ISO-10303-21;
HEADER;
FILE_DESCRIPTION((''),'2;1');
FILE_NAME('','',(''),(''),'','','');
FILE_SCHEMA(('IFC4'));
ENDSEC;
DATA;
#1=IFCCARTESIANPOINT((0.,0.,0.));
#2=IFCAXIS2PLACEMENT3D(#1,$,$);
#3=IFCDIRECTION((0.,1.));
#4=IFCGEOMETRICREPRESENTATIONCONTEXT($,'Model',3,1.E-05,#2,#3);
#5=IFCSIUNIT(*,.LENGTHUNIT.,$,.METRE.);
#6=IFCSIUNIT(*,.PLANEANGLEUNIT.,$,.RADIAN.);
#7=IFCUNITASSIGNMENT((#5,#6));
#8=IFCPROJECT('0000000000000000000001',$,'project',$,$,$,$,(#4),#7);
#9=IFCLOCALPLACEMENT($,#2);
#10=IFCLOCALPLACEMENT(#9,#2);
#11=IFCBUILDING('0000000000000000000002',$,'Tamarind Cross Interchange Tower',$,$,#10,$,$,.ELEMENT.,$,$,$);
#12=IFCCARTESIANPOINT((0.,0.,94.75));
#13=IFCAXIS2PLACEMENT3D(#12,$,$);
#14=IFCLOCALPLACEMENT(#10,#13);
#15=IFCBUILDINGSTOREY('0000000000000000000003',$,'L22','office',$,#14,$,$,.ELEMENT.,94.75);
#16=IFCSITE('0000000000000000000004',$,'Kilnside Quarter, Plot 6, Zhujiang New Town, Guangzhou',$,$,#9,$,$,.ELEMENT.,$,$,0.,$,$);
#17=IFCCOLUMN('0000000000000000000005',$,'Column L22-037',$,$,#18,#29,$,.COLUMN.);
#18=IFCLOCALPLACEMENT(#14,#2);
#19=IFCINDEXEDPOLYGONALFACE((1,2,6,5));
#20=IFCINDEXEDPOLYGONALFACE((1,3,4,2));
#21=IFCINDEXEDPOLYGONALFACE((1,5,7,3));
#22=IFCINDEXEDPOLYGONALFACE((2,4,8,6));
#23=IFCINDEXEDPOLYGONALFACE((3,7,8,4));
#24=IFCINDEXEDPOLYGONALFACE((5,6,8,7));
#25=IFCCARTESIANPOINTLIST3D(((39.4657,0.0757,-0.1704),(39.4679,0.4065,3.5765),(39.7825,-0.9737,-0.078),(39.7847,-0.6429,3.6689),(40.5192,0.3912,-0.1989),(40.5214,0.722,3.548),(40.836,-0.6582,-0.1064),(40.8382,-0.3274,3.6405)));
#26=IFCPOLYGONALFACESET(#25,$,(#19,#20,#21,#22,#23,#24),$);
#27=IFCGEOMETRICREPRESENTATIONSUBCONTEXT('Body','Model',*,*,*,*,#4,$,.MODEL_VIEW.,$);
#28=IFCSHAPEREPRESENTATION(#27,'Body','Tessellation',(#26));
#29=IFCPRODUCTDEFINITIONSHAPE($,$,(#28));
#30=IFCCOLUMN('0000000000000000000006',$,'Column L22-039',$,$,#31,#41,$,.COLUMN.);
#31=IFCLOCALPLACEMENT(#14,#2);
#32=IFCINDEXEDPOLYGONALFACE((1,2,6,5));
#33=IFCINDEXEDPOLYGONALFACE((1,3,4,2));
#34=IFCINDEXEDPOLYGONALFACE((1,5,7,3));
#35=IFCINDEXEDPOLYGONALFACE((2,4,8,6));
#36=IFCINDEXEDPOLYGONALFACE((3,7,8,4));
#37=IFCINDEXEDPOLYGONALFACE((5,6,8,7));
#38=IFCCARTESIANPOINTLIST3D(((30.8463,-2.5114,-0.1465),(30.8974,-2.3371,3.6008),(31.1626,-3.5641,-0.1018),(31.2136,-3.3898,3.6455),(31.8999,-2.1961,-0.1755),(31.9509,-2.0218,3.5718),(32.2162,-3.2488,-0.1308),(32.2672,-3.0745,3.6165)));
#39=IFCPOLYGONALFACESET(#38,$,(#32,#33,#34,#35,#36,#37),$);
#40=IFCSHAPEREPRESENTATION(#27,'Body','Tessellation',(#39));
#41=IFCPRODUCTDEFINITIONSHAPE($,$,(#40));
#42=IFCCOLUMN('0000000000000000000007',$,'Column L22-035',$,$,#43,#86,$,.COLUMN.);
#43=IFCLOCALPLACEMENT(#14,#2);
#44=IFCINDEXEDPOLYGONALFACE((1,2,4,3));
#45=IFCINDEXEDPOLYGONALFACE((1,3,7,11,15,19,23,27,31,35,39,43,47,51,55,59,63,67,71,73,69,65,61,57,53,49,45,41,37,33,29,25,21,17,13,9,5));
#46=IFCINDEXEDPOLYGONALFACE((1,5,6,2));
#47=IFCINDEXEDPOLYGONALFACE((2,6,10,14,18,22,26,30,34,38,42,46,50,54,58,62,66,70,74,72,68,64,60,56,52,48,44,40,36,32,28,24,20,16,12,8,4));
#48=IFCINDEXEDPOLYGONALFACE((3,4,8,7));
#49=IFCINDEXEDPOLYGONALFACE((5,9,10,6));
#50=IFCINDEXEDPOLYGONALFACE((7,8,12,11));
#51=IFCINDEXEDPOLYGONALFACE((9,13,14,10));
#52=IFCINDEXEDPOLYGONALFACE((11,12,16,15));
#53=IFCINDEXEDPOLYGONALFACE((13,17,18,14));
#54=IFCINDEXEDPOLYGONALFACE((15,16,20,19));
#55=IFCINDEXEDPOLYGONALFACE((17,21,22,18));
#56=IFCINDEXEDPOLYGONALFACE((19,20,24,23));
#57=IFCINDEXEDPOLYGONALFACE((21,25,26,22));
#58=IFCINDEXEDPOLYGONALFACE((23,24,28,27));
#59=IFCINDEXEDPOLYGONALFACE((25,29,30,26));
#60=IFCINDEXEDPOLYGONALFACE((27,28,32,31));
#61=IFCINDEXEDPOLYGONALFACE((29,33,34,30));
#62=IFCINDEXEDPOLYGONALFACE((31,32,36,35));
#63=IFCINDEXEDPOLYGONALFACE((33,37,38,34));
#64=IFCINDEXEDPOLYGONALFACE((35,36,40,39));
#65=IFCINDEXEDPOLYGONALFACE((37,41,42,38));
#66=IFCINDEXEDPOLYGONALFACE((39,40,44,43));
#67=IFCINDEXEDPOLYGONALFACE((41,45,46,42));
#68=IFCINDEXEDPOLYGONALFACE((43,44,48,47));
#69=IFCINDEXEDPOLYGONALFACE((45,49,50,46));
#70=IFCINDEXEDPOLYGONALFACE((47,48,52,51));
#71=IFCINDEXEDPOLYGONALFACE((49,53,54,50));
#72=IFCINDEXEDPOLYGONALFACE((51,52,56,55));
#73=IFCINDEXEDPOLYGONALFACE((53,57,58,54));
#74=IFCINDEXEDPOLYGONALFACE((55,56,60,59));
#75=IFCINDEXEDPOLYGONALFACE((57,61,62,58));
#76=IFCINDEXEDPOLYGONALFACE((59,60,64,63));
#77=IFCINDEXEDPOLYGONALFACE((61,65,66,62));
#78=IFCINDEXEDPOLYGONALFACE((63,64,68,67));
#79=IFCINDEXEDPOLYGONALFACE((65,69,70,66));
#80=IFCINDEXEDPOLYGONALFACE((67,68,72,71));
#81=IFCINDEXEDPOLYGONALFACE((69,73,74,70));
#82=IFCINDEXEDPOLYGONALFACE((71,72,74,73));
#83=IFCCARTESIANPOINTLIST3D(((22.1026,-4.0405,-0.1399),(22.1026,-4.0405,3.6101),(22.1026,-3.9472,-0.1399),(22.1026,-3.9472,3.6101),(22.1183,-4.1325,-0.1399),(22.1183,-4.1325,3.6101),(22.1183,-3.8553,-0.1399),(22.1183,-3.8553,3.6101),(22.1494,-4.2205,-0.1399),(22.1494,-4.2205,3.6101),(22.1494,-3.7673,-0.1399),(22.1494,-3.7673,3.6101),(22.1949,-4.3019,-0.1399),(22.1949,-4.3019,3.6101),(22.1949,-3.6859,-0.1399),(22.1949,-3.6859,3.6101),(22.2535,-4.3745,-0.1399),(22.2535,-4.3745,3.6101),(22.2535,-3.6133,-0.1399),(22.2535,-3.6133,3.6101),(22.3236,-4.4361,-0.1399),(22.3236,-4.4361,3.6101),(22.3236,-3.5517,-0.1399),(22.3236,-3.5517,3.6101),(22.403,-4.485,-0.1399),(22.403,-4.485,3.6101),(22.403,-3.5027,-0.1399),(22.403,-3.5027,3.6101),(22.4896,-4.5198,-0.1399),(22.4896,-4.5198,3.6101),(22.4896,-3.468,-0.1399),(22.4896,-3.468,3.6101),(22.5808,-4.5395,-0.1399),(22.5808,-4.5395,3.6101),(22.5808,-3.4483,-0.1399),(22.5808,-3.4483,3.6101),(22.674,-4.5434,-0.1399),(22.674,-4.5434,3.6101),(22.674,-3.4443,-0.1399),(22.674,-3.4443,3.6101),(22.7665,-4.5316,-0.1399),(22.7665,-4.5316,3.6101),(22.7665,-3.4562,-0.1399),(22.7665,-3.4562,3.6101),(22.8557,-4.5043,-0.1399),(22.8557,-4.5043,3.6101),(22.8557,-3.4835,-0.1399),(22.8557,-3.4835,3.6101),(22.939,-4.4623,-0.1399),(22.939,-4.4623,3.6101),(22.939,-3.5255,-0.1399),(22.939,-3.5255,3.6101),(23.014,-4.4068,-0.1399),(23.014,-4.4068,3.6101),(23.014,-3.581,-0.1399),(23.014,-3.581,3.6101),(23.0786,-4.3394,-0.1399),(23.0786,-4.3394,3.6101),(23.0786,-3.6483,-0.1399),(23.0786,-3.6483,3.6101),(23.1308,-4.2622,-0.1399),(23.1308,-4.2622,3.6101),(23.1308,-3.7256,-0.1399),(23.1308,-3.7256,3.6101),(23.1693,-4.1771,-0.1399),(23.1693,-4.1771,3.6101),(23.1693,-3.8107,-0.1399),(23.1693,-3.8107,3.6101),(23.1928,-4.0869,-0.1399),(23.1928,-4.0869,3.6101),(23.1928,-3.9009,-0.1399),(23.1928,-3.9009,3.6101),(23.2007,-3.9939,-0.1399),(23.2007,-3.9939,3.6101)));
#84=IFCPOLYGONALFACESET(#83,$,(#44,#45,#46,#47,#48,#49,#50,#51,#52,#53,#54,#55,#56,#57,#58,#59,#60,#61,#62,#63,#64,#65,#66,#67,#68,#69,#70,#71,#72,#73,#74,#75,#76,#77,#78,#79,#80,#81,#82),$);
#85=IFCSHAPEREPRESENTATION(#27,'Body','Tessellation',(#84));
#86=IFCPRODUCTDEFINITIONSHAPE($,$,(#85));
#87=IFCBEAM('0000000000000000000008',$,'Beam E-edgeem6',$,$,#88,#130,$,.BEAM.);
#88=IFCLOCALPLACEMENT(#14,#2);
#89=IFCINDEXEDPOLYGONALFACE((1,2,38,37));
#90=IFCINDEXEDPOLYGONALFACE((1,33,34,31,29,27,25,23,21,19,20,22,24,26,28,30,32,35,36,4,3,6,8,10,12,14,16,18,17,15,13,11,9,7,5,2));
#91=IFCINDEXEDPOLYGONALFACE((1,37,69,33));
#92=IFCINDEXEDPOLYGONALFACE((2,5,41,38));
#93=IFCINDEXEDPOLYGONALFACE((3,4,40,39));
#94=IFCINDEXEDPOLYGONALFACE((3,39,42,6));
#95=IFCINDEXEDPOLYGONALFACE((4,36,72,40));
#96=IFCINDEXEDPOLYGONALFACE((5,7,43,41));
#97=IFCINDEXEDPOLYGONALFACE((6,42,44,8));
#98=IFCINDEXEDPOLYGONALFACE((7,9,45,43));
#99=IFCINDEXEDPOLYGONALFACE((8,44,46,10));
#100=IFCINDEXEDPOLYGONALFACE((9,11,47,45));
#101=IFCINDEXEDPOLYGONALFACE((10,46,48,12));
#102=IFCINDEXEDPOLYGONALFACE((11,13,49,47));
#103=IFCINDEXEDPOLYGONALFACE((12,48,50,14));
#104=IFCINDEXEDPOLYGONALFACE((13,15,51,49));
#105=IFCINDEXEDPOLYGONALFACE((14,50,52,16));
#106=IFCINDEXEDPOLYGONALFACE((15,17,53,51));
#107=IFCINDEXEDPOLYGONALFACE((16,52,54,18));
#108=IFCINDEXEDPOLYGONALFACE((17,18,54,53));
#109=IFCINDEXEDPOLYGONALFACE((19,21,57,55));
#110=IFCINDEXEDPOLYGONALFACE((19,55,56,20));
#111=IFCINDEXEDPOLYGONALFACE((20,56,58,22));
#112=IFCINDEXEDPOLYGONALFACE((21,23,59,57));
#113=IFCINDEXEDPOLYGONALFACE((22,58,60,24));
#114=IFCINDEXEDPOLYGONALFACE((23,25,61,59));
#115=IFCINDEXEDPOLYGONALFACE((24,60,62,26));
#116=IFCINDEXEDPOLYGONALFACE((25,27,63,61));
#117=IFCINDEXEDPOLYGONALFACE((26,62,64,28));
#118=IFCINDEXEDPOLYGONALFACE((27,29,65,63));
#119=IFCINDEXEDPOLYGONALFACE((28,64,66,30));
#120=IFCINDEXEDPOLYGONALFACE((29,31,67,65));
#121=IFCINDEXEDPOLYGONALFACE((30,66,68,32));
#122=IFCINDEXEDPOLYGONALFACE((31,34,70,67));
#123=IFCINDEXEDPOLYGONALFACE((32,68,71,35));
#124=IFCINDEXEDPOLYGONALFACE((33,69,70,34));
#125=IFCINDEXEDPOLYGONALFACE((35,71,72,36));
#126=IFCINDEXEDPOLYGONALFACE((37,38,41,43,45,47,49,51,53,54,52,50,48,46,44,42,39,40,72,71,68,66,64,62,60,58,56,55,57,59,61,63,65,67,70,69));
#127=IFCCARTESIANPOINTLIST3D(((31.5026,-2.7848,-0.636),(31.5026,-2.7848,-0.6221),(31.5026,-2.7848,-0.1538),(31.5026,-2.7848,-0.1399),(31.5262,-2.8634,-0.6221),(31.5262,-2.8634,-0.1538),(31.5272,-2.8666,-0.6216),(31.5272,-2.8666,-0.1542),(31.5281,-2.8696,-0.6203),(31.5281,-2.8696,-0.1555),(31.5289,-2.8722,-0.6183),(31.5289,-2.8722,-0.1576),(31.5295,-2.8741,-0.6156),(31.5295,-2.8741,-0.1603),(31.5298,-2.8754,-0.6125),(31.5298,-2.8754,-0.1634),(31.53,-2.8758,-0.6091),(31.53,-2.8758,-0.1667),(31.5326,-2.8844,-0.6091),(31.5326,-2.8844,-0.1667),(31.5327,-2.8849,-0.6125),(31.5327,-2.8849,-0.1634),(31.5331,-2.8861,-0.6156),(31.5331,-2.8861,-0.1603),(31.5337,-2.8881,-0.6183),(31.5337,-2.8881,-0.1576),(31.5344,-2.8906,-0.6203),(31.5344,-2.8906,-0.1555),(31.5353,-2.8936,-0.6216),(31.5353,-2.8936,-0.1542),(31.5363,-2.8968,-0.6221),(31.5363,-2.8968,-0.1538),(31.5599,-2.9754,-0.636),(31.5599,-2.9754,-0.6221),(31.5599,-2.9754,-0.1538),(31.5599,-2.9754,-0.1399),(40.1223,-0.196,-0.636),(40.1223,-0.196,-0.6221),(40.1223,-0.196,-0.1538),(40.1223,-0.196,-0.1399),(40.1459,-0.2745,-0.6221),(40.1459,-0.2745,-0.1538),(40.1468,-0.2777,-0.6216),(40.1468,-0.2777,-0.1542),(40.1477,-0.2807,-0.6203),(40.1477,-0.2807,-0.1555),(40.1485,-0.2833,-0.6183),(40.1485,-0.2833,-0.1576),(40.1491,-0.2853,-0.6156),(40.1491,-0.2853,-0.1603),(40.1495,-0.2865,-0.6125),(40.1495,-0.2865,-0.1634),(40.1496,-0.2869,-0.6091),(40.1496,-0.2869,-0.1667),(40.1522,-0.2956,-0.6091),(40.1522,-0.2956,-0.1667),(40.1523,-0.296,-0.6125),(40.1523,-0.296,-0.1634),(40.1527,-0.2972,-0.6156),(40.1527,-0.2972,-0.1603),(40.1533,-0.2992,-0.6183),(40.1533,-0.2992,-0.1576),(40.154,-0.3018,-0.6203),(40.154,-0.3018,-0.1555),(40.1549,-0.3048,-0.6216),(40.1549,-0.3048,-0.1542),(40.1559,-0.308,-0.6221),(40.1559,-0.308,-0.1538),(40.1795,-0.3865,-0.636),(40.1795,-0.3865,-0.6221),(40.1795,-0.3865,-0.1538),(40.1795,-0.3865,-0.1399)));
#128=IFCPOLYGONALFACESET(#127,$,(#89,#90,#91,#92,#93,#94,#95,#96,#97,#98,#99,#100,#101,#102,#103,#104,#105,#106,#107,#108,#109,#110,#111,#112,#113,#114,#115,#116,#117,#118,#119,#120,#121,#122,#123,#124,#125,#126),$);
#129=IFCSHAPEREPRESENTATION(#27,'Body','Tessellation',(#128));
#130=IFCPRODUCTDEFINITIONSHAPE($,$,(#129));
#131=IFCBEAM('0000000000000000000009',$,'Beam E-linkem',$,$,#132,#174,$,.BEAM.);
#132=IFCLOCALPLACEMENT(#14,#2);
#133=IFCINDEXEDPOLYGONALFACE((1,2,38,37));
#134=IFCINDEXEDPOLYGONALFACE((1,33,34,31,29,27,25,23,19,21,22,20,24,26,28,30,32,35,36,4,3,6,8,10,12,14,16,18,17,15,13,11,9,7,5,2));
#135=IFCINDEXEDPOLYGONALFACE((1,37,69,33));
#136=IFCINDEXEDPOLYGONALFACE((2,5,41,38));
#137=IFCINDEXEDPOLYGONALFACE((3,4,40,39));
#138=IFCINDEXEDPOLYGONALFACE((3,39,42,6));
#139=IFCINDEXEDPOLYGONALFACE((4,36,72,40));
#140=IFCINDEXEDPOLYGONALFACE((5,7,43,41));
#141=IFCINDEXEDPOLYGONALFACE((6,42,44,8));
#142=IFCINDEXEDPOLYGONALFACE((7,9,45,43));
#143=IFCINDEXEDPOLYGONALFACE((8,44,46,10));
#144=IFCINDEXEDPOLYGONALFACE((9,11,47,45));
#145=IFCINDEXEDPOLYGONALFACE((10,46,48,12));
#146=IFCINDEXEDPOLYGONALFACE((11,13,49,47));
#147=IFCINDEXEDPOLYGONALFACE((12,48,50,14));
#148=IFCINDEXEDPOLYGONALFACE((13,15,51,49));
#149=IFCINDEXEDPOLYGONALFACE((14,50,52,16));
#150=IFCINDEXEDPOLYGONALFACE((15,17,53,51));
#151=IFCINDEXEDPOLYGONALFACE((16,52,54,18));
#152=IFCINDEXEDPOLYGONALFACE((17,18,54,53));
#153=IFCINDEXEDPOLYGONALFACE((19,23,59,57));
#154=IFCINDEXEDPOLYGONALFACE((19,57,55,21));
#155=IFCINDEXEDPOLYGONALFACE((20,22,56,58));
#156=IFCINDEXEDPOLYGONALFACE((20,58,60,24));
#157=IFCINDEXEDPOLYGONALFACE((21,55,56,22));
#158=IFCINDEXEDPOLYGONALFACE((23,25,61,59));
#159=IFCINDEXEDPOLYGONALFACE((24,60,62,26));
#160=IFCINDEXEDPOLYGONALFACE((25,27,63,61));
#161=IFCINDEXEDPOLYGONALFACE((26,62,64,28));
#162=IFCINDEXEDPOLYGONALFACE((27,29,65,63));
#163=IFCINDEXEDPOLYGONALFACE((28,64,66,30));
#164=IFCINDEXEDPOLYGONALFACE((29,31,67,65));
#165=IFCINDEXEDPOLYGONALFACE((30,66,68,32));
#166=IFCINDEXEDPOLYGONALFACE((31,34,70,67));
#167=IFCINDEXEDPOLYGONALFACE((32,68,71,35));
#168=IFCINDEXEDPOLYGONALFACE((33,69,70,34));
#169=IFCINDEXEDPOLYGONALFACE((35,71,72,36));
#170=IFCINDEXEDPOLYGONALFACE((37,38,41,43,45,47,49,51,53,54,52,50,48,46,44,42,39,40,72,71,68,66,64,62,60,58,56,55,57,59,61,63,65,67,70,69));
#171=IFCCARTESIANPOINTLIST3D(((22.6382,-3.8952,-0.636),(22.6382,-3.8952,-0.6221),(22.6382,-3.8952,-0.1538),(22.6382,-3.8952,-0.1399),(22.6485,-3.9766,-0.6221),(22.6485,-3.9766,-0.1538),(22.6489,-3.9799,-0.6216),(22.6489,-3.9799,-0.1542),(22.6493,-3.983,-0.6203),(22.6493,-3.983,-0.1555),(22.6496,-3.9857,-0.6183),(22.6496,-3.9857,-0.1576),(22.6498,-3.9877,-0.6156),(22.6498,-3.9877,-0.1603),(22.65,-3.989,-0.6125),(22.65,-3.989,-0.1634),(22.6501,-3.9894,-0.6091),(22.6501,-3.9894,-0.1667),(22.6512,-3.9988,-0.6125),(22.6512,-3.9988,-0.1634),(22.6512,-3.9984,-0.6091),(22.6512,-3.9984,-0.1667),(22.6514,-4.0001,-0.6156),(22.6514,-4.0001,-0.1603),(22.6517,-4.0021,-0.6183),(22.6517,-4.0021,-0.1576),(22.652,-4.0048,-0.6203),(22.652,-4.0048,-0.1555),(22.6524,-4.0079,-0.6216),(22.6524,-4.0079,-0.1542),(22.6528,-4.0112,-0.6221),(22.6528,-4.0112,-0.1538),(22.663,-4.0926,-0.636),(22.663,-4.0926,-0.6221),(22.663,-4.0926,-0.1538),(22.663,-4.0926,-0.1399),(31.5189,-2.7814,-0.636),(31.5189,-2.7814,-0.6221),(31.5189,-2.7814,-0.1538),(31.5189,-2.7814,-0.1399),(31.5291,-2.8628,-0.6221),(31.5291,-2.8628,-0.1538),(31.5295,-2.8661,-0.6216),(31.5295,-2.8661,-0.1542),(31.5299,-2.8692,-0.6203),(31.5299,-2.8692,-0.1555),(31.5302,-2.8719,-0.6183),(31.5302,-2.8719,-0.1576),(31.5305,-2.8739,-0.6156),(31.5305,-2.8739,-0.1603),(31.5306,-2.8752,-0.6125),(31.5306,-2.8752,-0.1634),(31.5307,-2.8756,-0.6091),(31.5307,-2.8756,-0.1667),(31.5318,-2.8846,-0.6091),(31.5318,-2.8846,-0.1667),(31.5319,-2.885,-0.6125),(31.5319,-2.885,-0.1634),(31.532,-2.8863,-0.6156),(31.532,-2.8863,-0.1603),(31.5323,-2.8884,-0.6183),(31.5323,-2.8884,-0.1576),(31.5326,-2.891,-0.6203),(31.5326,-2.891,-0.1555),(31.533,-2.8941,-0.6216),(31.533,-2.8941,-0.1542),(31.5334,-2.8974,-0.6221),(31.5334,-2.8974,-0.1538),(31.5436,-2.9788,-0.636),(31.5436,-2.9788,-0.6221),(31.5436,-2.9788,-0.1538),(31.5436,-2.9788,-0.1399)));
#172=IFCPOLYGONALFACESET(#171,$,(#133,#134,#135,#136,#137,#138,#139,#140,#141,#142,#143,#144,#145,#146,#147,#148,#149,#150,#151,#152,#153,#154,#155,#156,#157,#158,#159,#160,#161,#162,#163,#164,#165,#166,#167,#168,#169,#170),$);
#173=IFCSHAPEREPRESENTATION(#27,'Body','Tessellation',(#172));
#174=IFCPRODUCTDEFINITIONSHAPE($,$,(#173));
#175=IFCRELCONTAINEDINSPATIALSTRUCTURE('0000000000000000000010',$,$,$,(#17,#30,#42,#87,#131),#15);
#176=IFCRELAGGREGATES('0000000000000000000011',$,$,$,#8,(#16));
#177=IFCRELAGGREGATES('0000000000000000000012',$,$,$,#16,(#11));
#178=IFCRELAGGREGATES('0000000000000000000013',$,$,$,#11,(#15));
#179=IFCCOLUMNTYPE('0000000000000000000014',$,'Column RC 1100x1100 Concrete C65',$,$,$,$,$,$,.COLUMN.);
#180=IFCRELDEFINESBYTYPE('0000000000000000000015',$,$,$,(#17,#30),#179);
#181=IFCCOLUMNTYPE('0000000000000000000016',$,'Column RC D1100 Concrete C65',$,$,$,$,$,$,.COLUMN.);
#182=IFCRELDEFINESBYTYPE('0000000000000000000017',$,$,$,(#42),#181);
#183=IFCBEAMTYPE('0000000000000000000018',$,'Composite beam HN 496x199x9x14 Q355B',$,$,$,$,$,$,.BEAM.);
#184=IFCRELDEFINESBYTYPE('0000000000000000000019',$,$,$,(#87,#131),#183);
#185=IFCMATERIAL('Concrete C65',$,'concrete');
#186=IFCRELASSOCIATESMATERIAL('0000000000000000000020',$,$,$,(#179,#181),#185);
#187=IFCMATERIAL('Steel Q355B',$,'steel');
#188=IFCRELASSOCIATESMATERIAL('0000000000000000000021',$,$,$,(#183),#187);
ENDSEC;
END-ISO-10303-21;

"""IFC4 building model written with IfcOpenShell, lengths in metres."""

from ifc_helpers import new_model, si_unit, direction, frame, origin, origin_2d, place, context, subcontext, project, spatial, rectangle, circle, i_section, extrude, material, material_profile, profile_set, type_object, element, save


model = new_model("IFC4")

# Units and contexts
model_context = context("Model", 3, precision=1e-05, world=origin(), true_north=direction((0.0, 1.0)))
body_context = subcontext(model_context, "Body", "Model", "MODEL_VIEW")
ifc_project = project(units=[si_unit("LENGTHUNIT", "METRE"), si_unit("PLANEANGLEUNIT", "RADIAN")], contexts=[model_context])

# Site, building, storey
site_placement = place(None, origin())
site = spatial("IfcSite", under=ifc_project, at=site_placement, Name="Kilnside Quarter, Plot 6, Zhujiang New Town, Guangzhou", CompositionType="ELEMENT", RefElevation=0.0)
building_placement = place(site_placement, origin())
building = spatial("IfcBuilding", under=site, at=building_placement, Name="Tamarind Cross Interchange Tower", CompositionType="ELEMENT")
storey_placement = place(building_placement, frame((0.0, 0.0, 94.75)))
storey = spatial("IfcBuildingStorey", under=building, at=storey_placement, Name="L22", Description="office", CompositionType="ELEMENT", Elevation=94.75)

# Columns
ifc_material_1 = material(Name="Concrete C65", Category="concrete")
ifc_material_profile_1 = material_profile(ifc_material_1, rectangle(XDim=1.1001, YDim=1.1001, at=origin_2d()), Name="RC 1100x1100")
ifc_profile_set_1 = profile_set([ifc_material_profile_1], Name="Concrete C65")
column_type_1 = type_object("IfcColumnType", Name="Column RC 1100x1100 Concrete C65", PredefinedType="COLUMN", material=ifc_profile_set_1)
column_1_placement = place(storey_placement, frame((40.1509, -0.2913, -0.1384), z_axis=(0.000584, 0.087949, 0.996125), x_axis=(-0.957647, -0.28678, 0.025882)))
element("IfcColumn", 1, at=column_1_placement, inside=storey, type_object=column_type_1, Name="Column L22-037", PredefinedType="COLUMN", context=body_context, shape_type="SweptSolid", body=[
    extrude(rectangle(XDim=1.1001, YDim=1.1001, at=origin_2d()), origin(), (0.0, 0.0, 1.0), 3.7615),
])
column_2_placement = place(storey_placement, frame((31.5312, -2.8801, -0.1387), z_axis=(0.013601, 0.046463, 0.998827), x_axis=(-0.957681, -0.286621, 0.026373)))
element("IfcColumn", 2, at=column_2_placement, inside=storey, type_object=column_type_1, Name="Column L22-039", PredefinedType="COLUMN", context=body_context, shape_type="SweptSolid", body=[
    extrude(rectangle(XDim=1.1001, YDim=1.1001, at=origin_2d()), origin(), (0.0, 0.0, 1.0), 3.7517),
])
ifc_material_profile_2 = material_profile(ifc_material_1, circle(Radius=0.55, at=origin_2d()), Name="RC D1100")
ifc_profile_set_2 = profile_set([ifc_material_profile_2], Name="Concrete C65")
column_type_2 = type_object("IfcColumnType", Name="Column RC D1100 Concrete C65", PredefinedType="COLUMN", material=ifc_profile_set_2)
column_3_placement = place(storey_placement, frame((22.6506, -3.9939, -0.1399), z_axis=(0.0, 0.0, 1.0), x_axis=(1.0, 0.0, 0.0)))
element("IfcColumn", 3, at=column_3_placement, inside=storey, type_object=column_type_2, Name="Column L22-035", PredefinedType="COLUMN", context=body_context, shape_type="SweptSolid", body=[
    extrude(circle(Radius=0.55, at=origin_2d()), origin(), (0.0, 0.0, 1.0), 3.75),
])

# Beams
ifc_material_2 = material(Name="Steel Q355B", Category="steel")
ifc_material_profile_3 = material_profile(ifc_material_2, i_section(OverallWidth=0.199, OverallDepth=0.4961, WebThickness=0.009, FlangeThickness=0.0139, FilletRadius=0.0129, at=origin_2d()), Name="HN 496x199x9x14")
ifc_profile_set_3 = profile_set([ifc_material_profile_3], Name="Steel Q355B")
beam_type_1 = type_object("IfcBeamType", Name="Composite beam HN 496x199x9x14 Q355B", PredefinedType="BEAM", material=ifc_profile_set_3)
beam_1_placement = place(storey_placement, frame((40.1509, -0.2913, -0.3879), z_axis=(-0.957735, -0.287651, 0.0), x_axis=(0.287651, -0.957735, 0.0)))
element("IfcBeam", 4, at=beam_1_placement, inside=storey, type_object=beam_type_1, Name="Beam E-edgeem6", PredefinedType="BEAM", context=body_context, shape_type="SweptSolid", body=[
    extrude(i_section(OverallWidth=0.199, OverallDepth=0.4961, WebThickness=0.009, FlangeThickness=0.0139, FilletRadius=0.0129, at=origin_2d()), origin(), (0.0, 0.0, 1.0), 9.0),
])
beam_2_placement = place(storey_placement, frame((31.5312, -2.8801, -0.3879), z_axis=(-0.992227, -0.124441, 0.0), x_axis=(0.124441, -0.992227, 0.0)))
element("IfcBeam", 5, at=beam_2_placement, inside=storey, type_object=beam_type_1, Name="Beam E-linkem", PredefinedType="BEAM", context=body_context, shape_type="SweptSolid", body=[
    extrude(i_section(OverallWidth=0.199, OverallDepth=0.4961, WebThickness=0.009, FlangeThickness=0.0139, FilletRadius=0.0129, at=origin_2d()), origin(), (0.0, 0.0, 1.0), 8.9502),
])

save(model, "model.ifc")
